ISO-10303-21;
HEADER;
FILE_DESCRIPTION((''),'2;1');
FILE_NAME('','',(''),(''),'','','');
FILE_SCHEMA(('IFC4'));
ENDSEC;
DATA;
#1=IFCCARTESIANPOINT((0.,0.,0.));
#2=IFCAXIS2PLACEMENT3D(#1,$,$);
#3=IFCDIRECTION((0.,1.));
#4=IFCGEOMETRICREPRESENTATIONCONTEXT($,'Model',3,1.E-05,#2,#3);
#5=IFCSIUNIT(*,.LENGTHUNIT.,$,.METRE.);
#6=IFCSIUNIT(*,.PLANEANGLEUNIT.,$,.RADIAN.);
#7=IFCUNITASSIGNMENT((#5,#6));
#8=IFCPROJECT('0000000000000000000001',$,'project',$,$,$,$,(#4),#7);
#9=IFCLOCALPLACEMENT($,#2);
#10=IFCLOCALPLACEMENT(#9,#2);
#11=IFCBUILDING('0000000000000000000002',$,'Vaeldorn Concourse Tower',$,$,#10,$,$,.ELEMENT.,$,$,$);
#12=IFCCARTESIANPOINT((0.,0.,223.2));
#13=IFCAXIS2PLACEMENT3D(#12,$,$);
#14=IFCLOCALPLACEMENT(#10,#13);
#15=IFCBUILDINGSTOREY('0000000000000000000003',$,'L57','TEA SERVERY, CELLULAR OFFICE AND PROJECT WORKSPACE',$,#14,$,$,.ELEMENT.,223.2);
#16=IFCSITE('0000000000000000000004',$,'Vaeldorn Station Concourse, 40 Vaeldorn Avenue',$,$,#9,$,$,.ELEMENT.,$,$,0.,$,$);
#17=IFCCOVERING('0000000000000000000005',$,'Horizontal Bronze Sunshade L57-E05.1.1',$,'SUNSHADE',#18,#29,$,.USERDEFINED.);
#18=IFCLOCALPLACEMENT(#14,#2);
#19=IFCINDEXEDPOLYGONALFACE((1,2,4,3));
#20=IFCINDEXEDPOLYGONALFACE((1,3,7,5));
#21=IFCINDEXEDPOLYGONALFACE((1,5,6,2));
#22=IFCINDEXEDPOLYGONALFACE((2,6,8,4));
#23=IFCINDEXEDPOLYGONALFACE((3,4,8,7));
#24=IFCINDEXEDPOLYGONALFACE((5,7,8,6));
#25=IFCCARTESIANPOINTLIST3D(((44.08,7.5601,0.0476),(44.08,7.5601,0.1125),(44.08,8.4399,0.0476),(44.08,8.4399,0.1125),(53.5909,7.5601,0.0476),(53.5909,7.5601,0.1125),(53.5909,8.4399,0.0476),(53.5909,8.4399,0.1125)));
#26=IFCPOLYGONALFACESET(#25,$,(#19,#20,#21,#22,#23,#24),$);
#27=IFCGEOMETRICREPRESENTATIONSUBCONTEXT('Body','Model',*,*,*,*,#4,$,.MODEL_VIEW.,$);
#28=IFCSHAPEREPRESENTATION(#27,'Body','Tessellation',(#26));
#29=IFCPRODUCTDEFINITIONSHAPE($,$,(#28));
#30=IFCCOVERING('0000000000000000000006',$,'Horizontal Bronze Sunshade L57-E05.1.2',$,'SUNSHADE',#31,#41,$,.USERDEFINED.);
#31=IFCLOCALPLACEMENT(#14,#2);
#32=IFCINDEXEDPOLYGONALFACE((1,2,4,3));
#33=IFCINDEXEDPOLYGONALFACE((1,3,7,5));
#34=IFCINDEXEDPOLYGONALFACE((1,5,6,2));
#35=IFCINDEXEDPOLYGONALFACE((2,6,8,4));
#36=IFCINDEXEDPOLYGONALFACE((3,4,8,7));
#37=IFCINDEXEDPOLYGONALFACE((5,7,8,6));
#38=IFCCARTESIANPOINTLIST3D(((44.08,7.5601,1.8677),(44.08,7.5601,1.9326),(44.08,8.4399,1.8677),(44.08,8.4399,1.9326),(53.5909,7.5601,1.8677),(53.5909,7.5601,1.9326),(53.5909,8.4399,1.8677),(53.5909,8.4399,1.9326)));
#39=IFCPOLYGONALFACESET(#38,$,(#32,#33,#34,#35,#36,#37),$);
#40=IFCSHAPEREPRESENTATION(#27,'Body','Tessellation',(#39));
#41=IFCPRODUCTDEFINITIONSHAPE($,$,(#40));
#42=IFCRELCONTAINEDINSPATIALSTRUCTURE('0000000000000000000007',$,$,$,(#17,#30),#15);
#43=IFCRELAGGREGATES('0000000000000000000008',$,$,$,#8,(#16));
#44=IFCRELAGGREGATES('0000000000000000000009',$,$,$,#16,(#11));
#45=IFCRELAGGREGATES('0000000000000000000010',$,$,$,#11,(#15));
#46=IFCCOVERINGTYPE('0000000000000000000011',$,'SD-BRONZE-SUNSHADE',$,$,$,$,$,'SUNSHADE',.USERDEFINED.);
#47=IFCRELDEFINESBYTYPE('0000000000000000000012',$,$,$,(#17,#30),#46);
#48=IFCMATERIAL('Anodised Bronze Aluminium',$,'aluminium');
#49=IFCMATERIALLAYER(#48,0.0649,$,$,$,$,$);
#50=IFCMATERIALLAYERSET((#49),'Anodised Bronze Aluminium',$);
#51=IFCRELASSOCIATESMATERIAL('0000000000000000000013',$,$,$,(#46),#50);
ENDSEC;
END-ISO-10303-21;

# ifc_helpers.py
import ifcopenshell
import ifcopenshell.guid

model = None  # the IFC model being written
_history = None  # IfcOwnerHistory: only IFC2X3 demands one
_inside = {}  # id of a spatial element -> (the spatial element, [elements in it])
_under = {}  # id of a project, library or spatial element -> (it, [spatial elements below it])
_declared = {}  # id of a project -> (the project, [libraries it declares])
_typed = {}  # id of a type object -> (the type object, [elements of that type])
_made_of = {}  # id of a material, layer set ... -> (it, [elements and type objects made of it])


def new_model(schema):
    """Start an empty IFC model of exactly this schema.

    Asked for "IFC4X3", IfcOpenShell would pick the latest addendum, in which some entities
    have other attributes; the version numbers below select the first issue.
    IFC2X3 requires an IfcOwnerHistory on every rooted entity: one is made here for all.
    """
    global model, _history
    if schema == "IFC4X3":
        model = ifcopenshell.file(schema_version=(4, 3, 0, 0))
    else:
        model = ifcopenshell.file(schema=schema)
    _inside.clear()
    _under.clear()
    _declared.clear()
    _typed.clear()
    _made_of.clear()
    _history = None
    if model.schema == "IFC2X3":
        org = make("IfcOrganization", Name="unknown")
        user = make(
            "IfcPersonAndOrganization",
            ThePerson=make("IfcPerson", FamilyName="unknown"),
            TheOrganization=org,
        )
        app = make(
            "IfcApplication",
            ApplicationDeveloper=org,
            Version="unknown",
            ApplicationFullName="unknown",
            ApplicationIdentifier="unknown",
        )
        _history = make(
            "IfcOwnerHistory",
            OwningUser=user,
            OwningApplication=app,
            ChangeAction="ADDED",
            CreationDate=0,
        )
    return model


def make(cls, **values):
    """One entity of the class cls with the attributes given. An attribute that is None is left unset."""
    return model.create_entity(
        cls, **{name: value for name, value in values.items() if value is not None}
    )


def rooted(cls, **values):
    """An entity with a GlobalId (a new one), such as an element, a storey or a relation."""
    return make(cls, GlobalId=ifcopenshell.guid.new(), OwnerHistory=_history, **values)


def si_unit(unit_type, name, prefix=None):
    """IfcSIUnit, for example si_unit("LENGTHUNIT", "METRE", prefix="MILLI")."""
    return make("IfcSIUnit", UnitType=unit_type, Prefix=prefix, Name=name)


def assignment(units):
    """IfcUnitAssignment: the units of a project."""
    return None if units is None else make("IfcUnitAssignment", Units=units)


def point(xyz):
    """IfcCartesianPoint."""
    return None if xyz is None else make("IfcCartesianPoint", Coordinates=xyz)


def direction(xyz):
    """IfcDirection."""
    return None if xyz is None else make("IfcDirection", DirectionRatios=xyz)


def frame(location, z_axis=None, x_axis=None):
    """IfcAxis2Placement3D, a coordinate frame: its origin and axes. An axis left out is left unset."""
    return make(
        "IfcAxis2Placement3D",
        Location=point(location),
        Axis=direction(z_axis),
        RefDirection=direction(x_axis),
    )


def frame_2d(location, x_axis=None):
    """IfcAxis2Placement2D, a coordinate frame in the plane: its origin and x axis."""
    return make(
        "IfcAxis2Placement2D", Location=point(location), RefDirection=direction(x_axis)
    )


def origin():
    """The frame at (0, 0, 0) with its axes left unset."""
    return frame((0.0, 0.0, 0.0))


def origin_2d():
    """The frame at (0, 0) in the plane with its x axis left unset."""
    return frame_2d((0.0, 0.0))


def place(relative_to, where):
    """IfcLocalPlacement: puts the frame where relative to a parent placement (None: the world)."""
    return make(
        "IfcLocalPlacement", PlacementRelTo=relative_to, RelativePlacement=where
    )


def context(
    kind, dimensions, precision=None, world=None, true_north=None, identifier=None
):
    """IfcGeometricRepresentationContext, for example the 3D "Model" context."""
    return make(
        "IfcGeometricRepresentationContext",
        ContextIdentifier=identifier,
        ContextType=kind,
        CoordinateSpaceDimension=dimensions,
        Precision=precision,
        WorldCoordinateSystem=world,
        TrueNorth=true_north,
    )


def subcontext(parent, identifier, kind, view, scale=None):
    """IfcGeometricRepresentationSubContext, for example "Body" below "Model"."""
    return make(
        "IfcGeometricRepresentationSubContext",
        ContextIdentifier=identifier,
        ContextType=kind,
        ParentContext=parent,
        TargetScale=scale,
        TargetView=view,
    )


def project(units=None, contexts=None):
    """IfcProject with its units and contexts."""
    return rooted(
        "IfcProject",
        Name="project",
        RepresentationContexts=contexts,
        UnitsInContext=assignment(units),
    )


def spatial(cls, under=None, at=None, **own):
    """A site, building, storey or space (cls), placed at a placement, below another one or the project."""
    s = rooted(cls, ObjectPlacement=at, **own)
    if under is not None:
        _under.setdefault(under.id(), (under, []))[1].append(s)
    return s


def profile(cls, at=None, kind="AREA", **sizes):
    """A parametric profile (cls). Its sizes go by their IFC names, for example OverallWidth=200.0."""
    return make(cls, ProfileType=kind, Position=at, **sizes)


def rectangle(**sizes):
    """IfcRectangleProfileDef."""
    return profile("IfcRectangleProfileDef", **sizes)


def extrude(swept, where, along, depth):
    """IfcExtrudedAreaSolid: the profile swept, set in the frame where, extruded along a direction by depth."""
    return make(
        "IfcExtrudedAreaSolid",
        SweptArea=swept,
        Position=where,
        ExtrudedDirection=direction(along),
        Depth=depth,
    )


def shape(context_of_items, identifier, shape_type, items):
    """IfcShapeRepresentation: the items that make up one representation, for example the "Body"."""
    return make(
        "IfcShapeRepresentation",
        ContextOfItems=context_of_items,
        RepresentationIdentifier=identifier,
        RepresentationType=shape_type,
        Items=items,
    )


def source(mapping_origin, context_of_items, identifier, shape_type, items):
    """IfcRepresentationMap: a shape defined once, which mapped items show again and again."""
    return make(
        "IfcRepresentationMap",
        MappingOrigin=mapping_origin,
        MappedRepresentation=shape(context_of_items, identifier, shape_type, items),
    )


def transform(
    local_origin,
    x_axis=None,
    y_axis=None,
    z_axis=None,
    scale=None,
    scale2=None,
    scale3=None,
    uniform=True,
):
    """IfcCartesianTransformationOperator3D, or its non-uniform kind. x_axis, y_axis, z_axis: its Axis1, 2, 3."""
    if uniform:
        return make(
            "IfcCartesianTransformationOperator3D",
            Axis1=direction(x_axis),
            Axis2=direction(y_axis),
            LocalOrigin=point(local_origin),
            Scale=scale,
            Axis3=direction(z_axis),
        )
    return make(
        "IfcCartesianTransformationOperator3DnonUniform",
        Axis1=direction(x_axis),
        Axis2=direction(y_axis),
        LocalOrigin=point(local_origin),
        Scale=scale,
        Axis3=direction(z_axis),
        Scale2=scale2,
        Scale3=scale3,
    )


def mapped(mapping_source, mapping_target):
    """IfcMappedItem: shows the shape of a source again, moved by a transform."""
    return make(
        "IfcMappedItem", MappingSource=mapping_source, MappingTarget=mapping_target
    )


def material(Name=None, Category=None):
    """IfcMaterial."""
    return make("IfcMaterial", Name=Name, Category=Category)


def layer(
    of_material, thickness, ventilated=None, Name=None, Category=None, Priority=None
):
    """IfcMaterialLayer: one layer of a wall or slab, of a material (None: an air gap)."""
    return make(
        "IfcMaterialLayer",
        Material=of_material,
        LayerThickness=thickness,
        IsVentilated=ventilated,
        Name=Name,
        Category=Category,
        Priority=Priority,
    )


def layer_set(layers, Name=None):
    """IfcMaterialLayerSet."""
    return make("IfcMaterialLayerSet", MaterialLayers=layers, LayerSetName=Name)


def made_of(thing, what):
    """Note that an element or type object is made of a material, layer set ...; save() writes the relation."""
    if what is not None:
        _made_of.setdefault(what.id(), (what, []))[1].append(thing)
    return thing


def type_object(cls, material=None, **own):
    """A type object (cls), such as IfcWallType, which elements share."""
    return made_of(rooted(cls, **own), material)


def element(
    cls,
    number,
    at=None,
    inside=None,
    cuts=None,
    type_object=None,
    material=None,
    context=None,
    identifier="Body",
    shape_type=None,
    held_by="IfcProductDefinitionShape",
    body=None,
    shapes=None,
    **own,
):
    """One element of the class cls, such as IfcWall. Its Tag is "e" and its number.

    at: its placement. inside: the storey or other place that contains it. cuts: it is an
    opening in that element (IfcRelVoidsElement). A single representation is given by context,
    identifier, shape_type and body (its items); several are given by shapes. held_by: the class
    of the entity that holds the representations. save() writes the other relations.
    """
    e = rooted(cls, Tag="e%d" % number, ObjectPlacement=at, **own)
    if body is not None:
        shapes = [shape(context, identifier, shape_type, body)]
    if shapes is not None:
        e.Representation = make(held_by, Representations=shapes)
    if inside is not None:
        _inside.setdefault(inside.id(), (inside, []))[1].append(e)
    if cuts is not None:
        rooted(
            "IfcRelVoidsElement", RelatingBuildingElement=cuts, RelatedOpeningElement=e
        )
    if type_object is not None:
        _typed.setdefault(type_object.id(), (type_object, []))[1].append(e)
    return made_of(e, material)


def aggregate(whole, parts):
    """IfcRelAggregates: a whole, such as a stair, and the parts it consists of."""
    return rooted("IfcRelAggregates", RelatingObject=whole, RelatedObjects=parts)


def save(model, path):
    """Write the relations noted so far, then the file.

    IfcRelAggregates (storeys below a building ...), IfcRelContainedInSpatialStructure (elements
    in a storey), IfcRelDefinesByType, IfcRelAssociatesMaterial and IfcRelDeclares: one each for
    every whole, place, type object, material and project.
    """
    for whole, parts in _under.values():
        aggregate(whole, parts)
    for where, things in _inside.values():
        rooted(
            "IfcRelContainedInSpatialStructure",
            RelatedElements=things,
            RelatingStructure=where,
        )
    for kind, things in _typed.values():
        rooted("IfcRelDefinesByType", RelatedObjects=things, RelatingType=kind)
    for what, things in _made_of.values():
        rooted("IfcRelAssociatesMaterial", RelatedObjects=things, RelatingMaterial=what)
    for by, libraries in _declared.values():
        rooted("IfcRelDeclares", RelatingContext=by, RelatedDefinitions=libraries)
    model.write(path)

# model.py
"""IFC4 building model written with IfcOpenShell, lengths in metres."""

from ifc_helpers import new_model, si_unit, direction, frame, origin, origin_2d, place, context, subcontext, project, spatial, rectangle, extrude, source, transform, mapped, material, layer, layer_set, type_object, element, save


model = new_model("IFC4")

# Units and contexts
model_context = context("Model", 3, precision=1e-05, world=origin(), true_north=direction((0.0, 1.0)))
body_context = subcontext(model_context, "Body", "Model", "MODEL_VIEW")
ifc_project = project(units=[si_unit("LENGTHUNIT", "METRE"), si_unit("PLANEANGLEUNIT", "RADIAN")], contexts=[model_context])

# Site, building, storey
site_placement = place(None, origin())
site = spatial("IfcSite", under=ifc_project, at=site_placement, Name="Vaeldorn Station Concourse, 40 Vaeldorn Avenue", CompositionType="ELEMENT", RefElevation=0.0)
building_placement = place(site_placement, origin())
building = spatial("IfcBuilding", under=site, at=building_placement, Name="Vaeldorn Concourse Tower", CompositionType="ELEMENT")
storey_placement = place(building_placement, frame((0.0, 0.0, 223.2)))
storey = spatial("IfcBuildingStorey", under=building, at=storey_placement, Name="L57", Description="TEA SERVERY, CELLULAR OFFICE AND PROJECT WORKSPACE", CompositionType="ELEMENT", Elevation=223.2)

# Shared definitions
ifc_material_1 = material(Name="Anodised Bronze Aluminium", Category="aluminium")

# Coverings
ifc_layer_1 = layer(ifc_material_1, 0.0649)
ifc_layer_set_1 = layer_set([ifc_layer_1], Name="Anodised Bronze Aluminium")
covering_type = type_object("IfcCoveringType", Name="SD-BRONZE-SUNSHADE", ElementType="SUNSHADE", PredefinedType="USERDEFINED", material=ifc_layer_set_1)
shared_shape_1 = source(origin(), body_context, "Body", "SweptSolid", [
    extrude(rectangle(XDim=9.511, YDim=0.8799, at=origin_2d()), origin(), (0.0, 0.0, 1.0), 0.0649),
])
for number, where, z_axis, x_axis, name in (
    (1, (48.8354, 8.0, 0.0476), (0.0, 0.0, 1.0), (1.0, 0.0, 0.0), "Horizontal Bronze Sunshade L57-E05.1.1"),
    (2, (48.8354, 8.0, 1.8677), (0.0, 0.0, 1.0), (1.0, 0.0, 0.0), "Horizontal Bronze Sunshade L57-E05.1.2"),
):
    element("IfcCovering", number, at=place(storey_placement, frame(where, z_axis=z_axis, x_axis=x_axis)), inside=storey, type_object=covering_type, Name=name, ObjectType="SUNSHADE", PredefinedType="USERDEFINED", context=body_context, shape_type="MappedRepresentation", body=[
        mapped(shared_shape_1, transform((0.0, 0.0, 0.0), scale=1.0)),
    ])

save(model, "model.ifc")
